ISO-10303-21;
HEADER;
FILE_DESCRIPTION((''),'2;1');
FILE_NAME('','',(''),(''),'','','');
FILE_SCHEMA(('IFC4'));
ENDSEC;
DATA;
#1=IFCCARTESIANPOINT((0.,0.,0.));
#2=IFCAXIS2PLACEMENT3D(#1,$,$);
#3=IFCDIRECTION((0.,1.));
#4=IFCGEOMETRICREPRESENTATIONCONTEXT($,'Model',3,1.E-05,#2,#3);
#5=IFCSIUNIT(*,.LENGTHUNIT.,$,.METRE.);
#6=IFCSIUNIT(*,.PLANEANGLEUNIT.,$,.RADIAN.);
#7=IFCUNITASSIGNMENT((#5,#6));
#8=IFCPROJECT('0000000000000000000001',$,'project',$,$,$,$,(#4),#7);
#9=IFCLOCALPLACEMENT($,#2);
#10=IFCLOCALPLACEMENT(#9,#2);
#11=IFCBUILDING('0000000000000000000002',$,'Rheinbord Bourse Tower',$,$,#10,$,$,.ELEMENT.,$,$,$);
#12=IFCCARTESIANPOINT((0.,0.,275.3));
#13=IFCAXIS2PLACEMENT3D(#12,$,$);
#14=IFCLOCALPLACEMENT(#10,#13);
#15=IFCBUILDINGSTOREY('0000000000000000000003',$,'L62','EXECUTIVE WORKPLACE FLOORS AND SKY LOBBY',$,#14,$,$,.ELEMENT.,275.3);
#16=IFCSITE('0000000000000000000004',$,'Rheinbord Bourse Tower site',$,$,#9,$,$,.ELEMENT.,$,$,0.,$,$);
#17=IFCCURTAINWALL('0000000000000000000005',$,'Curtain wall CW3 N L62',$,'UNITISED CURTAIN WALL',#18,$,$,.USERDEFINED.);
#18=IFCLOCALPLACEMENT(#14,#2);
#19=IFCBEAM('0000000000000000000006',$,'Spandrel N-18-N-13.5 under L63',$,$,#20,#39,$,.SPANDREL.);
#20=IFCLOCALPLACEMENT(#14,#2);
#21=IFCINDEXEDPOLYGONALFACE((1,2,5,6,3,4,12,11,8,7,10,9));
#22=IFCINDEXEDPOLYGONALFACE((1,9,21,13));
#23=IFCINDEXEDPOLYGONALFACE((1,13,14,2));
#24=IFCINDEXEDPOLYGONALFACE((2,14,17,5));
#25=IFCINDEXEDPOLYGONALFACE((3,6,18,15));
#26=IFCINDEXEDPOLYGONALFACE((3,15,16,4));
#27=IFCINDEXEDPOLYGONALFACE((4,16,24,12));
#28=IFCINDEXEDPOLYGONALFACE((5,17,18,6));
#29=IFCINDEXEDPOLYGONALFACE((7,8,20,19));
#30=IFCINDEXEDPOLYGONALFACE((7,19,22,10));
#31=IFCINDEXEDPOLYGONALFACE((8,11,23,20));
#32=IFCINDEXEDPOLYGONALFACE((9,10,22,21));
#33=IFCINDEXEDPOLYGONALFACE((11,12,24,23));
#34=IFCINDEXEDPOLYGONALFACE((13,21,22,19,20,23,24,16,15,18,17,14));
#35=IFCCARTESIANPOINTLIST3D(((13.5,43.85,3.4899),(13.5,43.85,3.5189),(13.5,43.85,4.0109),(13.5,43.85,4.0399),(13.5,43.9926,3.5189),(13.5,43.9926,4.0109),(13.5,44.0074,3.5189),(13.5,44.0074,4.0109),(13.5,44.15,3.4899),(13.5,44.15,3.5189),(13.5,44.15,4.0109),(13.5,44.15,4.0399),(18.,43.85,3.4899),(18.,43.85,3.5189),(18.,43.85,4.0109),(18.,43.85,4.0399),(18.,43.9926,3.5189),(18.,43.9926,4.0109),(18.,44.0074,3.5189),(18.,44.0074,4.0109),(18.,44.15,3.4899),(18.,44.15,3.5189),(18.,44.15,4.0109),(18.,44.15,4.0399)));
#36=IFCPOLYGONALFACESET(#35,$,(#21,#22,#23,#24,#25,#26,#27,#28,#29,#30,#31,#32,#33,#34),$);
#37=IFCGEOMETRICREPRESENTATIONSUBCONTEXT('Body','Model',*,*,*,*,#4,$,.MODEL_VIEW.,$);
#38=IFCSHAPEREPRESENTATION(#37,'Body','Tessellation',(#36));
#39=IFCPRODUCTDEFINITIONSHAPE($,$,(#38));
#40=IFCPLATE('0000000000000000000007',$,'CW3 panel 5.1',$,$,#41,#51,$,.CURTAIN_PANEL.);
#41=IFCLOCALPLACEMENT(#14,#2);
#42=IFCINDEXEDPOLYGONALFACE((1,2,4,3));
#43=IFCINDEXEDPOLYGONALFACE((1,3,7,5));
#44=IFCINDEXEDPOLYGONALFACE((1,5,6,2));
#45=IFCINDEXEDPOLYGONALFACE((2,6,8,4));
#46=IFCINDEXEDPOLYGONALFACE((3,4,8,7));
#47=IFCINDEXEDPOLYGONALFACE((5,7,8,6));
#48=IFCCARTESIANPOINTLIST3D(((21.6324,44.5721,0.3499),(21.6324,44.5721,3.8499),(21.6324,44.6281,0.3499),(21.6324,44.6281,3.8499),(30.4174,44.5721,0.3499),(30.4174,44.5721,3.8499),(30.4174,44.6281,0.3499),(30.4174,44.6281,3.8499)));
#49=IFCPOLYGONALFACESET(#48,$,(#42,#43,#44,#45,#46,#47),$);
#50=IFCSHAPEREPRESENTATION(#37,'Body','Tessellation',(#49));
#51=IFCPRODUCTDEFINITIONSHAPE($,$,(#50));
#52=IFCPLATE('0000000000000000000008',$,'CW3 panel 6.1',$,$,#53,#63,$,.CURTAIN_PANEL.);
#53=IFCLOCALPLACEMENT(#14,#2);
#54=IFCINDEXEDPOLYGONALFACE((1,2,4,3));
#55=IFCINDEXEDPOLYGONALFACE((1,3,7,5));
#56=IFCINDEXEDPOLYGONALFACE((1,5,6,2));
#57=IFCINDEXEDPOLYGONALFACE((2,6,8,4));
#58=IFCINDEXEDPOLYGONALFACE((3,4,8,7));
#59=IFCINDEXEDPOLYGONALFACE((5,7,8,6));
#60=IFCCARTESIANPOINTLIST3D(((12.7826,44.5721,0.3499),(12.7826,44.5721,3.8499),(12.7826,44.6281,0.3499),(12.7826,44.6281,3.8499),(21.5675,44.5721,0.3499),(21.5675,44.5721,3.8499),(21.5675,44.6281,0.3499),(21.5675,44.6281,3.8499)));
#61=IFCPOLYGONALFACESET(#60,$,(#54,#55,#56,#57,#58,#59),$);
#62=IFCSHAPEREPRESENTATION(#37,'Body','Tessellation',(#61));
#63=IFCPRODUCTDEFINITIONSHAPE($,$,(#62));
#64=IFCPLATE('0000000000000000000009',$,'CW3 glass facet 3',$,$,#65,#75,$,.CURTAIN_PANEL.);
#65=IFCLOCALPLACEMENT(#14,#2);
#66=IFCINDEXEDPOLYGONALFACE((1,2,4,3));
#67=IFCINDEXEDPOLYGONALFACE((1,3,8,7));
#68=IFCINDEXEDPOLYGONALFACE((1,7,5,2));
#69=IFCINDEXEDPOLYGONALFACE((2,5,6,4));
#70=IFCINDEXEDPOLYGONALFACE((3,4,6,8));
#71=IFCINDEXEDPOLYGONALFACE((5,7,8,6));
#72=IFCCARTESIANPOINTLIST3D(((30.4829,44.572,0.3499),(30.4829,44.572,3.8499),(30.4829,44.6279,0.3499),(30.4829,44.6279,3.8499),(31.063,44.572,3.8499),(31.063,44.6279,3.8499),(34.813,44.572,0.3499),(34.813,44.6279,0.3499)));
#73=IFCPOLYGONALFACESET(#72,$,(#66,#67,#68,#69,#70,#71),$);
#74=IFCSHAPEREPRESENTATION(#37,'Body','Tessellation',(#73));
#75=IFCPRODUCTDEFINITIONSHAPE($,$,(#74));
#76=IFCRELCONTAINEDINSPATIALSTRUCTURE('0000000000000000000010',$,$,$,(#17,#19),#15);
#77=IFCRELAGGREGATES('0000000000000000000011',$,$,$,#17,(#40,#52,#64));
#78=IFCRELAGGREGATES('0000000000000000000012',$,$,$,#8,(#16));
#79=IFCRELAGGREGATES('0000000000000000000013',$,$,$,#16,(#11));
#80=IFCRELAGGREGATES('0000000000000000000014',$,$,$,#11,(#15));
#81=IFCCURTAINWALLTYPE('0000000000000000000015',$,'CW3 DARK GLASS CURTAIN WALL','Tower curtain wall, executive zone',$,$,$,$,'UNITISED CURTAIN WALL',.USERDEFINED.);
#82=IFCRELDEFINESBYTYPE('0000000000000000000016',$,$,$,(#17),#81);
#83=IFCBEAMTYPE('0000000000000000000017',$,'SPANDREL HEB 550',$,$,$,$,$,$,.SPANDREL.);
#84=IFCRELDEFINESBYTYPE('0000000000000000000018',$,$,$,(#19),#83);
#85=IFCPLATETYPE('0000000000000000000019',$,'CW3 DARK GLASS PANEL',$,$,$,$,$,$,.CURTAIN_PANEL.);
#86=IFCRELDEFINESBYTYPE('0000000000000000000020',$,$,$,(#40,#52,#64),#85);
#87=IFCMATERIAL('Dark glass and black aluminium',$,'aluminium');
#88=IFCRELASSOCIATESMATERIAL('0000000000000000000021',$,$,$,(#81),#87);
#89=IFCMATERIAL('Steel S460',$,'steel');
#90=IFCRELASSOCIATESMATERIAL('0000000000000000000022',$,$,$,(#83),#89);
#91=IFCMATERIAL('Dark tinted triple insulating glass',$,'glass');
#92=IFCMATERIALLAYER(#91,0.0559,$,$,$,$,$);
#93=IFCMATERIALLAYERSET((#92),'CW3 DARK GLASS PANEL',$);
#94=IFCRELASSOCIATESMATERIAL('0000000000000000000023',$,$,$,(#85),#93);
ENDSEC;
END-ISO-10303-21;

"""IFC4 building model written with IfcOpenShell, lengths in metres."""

from ifc_helpers import new_model, si_unit, direction, frame, origin, origin_2d, place, context, subcontext, project, spatial, polyline, rectangle, i_section, outline, extrude, material, layer, layer_set, material_profile, profile_set, type_object, element, aggregate, save


model = new_model("IFC4")

# Units and contexts
model_context = context("Model", 3, precision=1e-05, world=origin(), true_north=direction((0.0, 1.0)))
body_context = subcontext(model_context, "Body", "Model", "MODEL_VIEW")
ifc_project = project(units=[si_unit("LENGTHUNIT", "METRE"), si_unit("PLANEANGLEUNIT", "RADIAN")], contexts=[model_context])

# Site, building, storey
site_placement = place(None, origin())
site = spatial("IfcSite", under=ifc_project, at=site_placement, Name="Rheinbord Bourse Tower site", CompositionType="ELEMENT", RefElevation=0.0)
building_placement = place(site_placement, origin())
building = spatial("IfcBuilding", under=site, at=building_placement, Name="Rheinbord Bourse Tower", CompositionType="ELEMENT")
storey_placement = place(building_placement, frame((0.0, 0.0, 275.3)))
storey = spatial("IfcBuildingStorey", under=building, at=storey_placement, Name="L62", Description="EXECUTIVE WORKPLACE FLOORS AND SKY LOBBY", CompositionType="ELEMENT", Elevation=275.3)

# Curtain wall
ifc_material_1 = material(Name="Dark glass and black aluminium", Category="aluminium")
curtain_wall_type = type_object("IfcCurtainWallType", Name="CW3 DARK GLASS CURTAIN WALL", Description="Tower curtain wall, executive zone", ElementType="UNITISED CURTAIN WALL", PredefinedType="USERDEFINED", material=ifc_material_1)
curtain_wall_placement = place(storey_placement, origin())
curtain_wall = element("IfcCurtainWall", 1, at=curtain_wall_placement, inside=storey, type_object=curtain_wall_type, Name="Curtain wall CW3 N L62", ObjectType="UNITISED CURTAIN WALL", PredefinedType="USERDEFINED")

# Beam
ifc_material_2 = material(Name="Steel S460", Category="steel")
ifc_material_profile_1 = material_profile(ifc_material_2, i_section(OverallWidth=0.3, OverallDepth=0.55, WebThickness=0.0149, FlangeThickness=0.0291, at=origin_2d()), Name="HEB 550")
ifc_profile_set_1 = profile_set([ifc_material_profile_1], Name="Steel S460")
beam_type_1 = type_object("IfcBeamType", Name="SPANDREL HEB 550", PredefinedType="SPANDREL", material=ifc_profile_set_1)
for number, where, z_axis, x_axis, name in (
    (2, (18.0, 44.0, 3.7649), (-1.0, 0.0, 0.0), (0.0, -1.0, 0.0), "Spandrel N-18-N-13.5 under L63"),
):
    element("IfcBeam", number, at=place(storey_placement, frame(where, z_axis=z_axis, x_axis=x_axis)), inside=storey, type_object=beam_type_1, Name=name, PredefinedType="SPANDREL", context=body_context, shape_type="SweptSolid", body=[
        extrude(i_section(OverallWidth=0.3, OverallDepth=0.55, WebThickness=0.0149, FlangeThickness=0.0291, at=origin_2d()), origin(), (0.0, 0.0, 1.0), 4.5),
    ])

# Plates
ifc_material_3 = material(Name="Dark tinted triple insulating glass", Category="glass")
ifc_layer = layer(ifc_material_3, 0.0559)
ifc_layer_set = layer_set([ifc_layer], Name="CW3 DARK GLASS PANEL")
plate_type = type_object("IfcPlateType", Name="CW3 DARK GLASS PANEL", PredefinedType="CURTAIN_PANEL", material=ifc_layer_set)
plate_1_placement = place(storey_placement, frame((26.0249, 44.6001, 0.3499), z_axis=(0.0, 0.0, 1.0), x_axis=(-1.0, 0.0, 0.0)))
plate_1 = element("IfcPlate", 3, at=plate_1_placement, type_object=plate_type, Name="CW3 panel 5.1", PredefinedType="CURTAIN_PANEL", context=body_context, shape_type="SweptSolid", body=[
    extrude(rectangle(XDim=8.7849, YDim=0.0559, at=origin_2d()), origin(), (0.0, 0.0, 1.0), 3.5),
])
plate_2_placement = place(storey_placement, frame((17.175, 44.6001, 0.3499), z_axis=(0.0, 0.0, 1.0), x_axis=(-1.0, 0.0, 0.0)))
plate_2 = element("IfcPlate", 4, at=plate_2_placement, type_object=plate_type, Name="CW3 panel 6.1", PredefinedType="CURTAIN_PANEL", context=body_context, shape_type="SweptSolid", body=[
    extrude(rectangle(XDim=8.7849, YDim=0.0559, at=origin_2d()), origin(), (0.0, 0.0, 1.0), 3.5),
])
plate_3_placement = place(storey_placement, frame((30.4829, 44.6279, 3.8499), z_axis=(0.0, -1.0, 0.0), x_axis=(0.0, 0.0, -1.0)))
plate_3 = element("IfcPlate", 5, at=plate_3_placement, type_object=plate_type, Name="CW3 glass facet 3", PredefinedType="CURTAIN_PANEL", context=body_context, shape_type="SweptSolid", body=[
    extrude(outline(polyline([(0.0, 0.0), (3.5, 0.0), (3.5, 4.3301), (0.0, 0.5801), (0.0, 0.0)])), origin(), (0.0, 0.0, 1.0), 0.0559),
])
aggregate(curtain_wall, [plate_1, plate_2, plate_3])

save(model, "model.ifc")
